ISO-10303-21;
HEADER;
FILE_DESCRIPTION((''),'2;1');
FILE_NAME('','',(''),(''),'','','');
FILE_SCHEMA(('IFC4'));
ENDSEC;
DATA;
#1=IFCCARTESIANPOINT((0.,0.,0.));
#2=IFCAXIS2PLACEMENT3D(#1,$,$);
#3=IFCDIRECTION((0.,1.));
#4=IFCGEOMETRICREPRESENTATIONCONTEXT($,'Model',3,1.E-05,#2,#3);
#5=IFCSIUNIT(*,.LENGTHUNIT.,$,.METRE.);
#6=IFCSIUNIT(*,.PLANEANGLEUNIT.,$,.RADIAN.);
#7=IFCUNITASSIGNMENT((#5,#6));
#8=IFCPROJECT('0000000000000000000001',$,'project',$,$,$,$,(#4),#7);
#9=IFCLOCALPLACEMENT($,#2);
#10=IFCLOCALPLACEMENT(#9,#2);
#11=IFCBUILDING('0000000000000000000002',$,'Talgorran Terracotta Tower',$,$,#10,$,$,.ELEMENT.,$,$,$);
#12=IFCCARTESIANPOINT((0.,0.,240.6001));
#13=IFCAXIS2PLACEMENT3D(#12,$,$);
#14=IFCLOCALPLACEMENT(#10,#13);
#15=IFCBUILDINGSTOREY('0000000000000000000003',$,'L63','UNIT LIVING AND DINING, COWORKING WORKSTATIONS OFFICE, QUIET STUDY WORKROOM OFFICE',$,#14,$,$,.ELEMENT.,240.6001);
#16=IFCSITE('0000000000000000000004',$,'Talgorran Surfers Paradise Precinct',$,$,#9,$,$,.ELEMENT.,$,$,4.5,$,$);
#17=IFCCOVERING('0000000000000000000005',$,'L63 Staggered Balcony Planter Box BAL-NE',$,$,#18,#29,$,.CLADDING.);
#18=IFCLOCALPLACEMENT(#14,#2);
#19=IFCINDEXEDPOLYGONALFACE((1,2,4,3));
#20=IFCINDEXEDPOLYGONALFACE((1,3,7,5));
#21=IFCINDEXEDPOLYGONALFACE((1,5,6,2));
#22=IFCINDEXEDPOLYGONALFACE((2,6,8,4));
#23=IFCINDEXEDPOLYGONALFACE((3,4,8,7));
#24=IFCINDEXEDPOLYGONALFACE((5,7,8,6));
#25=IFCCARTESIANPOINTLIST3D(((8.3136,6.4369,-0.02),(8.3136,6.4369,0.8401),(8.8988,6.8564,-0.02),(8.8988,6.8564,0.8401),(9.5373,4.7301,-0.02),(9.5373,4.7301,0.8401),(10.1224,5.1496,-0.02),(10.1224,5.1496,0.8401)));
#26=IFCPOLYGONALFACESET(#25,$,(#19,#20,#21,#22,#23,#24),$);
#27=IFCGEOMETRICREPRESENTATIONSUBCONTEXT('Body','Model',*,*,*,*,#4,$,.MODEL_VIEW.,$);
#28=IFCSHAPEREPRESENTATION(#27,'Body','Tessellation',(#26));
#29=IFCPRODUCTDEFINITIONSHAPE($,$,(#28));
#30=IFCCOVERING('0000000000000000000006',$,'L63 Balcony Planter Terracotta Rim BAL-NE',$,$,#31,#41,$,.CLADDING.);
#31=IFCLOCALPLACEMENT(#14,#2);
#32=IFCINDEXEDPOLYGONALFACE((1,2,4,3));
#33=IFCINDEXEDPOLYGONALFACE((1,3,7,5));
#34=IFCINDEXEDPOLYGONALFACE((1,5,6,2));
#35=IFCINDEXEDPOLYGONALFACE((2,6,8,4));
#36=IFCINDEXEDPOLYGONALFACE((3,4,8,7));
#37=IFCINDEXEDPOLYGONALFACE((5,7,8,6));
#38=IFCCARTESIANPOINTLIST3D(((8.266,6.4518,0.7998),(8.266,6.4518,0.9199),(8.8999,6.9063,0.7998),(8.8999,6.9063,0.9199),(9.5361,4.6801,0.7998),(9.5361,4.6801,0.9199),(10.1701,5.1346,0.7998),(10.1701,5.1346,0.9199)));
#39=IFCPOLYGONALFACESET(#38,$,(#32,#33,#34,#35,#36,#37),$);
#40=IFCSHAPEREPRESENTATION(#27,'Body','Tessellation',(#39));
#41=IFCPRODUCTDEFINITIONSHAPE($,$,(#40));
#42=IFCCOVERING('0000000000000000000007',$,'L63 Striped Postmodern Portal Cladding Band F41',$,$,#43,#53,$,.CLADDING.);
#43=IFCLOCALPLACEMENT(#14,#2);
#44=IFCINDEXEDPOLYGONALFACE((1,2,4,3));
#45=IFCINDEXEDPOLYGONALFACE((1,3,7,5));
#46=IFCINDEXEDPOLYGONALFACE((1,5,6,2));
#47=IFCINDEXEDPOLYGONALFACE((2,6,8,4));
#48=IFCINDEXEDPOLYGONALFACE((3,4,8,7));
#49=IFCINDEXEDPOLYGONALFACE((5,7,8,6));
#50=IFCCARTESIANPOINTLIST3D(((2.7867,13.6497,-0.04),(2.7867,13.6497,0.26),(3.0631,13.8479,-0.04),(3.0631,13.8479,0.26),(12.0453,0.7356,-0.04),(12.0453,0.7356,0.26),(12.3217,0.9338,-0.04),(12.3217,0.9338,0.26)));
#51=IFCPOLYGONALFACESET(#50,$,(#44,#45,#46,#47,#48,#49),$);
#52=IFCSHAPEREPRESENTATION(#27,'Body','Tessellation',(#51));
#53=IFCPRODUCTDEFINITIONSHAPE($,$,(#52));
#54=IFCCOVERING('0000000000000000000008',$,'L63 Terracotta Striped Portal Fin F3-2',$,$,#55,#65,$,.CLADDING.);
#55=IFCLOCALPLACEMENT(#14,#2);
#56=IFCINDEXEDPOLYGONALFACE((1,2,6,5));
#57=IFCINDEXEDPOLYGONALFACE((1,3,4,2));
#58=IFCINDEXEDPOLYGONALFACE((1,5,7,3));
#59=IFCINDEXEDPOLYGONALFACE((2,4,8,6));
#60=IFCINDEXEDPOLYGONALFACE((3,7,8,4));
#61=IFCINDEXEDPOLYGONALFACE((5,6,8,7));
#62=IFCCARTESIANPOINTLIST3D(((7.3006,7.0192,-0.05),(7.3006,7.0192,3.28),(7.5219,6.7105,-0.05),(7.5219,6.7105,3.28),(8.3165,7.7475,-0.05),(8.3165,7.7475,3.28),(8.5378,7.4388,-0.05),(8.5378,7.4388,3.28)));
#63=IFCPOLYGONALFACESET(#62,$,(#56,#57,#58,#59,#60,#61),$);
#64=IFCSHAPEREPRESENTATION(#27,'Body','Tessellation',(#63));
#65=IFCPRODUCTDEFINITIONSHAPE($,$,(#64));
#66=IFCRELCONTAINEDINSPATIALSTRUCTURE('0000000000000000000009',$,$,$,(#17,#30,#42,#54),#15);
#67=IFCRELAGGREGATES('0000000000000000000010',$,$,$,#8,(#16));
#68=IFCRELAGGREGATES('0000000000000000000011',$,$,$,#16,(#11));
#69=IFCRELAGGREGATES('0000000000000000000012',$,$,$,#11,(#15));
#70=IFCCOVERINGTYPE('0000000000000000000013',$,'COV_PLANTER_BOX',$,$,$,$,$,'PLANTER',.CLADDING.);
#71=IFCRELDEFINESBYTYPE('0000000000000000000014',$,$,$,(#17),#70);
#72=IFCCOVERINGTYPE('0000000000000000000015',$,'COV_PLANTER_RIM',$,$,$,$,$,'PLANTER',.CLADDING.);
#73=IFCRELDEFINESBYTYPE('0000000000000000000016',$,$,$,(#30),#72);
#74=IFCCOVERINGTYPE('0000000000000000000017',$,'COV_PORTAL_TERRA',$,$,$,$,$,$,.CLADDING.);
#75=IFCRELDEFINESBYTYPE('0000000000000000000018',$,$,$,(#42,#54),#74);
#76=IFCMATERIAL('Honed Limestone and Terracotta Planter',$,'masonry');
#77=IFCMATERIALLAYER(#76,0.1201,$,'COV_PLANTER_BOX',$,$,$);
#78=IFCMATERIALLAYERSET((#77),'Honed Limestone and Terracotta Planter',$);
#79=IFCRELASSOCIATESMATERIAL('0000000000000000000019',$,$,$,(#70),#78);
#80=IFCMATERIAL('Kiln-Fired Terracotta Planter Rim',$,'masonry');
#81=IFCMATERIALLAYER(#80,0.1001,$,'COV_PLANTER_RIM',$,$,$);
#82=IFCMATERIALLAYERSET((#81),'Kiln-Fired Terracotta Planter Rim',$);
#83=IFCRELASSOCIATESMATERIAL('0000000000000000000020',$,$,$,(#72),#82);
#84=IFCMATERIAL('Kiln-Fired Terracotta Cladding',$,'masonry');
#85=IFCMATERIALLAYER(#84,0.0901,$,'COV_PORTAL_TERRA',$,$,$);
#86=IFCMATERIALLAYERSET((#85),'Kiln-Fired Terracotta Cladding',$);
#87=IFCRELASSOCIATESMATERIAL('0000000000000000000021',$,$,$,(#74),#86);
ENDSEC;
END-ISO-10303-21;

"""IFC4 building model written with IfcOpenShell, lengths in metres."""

from ifc_helpers import new_model, si_unit, direction, frame, origin, origin_2d, place, context, subcontext, project, spatial, rectangle, extrude, material, layer, layer_set, type_object, element, save


model = new_model("IFC4")

# Units and contexts
model_context = context("Model", 3, precision=1e-05, world=origin(), true_north=direction((0.0, 1.0)))
body_context = subcontext(model_context, "Body", "Model", "MODEL_VIEW")
ifc_project = project(units=[si_unit("LENGTHUNIT", "METRE"), si_unit("PLANEANGLEUNIT", "RADIAN")], contexts=[model_context])

# Site, building, storey
site_placement = place(None, origin())
site = spatial("IfcSite", under=ifc_project, at=site_placement, Name="Talgorran Surfers Paradise Precinct", CompositionType="ELEMENT", RefElevation=4.5)
building_placement = place(site_placement, origin())
building = spatial("IfcBuilding", under=site, at=building_placement, Name="Talgorran Terracotta Tower", CompositionType="ELEMENT")
storey_placement = place(building_placement, frame((0.0, 0.0, 240.6001)))
storey = spatial("IfcBuildingStorey", under=building, at=storey_placement, Name="L63", Description="UNIT LIVING AND DINING, COWORKING WORKSTATIONS OFFICE, QUIET STUDY WORKROOM OFFICE", CompositionType="ELEMENT", Elevation=240.6001)

# Coverings
ifc_material_1 = material(Name="Honed Limestone and Terracotta Planter", Category="masonry")
ifc_layer_1 = layer(ifc_material_1, 0.1201, Name="COV_PLANTER_BOX")
ifc_layer_set_1 = layer_set([ifc_layer_1], Name="Honed Limestone and Terracotta Planter")
covering_type_1 = type_object("IfcCoveringType", Name="COV_PLANTER_BOX", ElementType="PLANTER", PredefinedType="CLADDING", material=ifc_layer_set_1)
covering_1_placement = place(storey_placement, frame((9.218, 5.7932, -0.02), z_axis=(0.0, 0.0, 1.0), x_axis=(-0.582662, 0.812715, 0.0)))
element("IfcCovering", 1, at=covering_1_placement, inside=storey, type_object=covering_type_1, Name="L63 Staggered Balcony Planter Box BAL-NE", PredefinedType="CLADDING", context=body_context, shape_type="SweptSolid", body=[
    extrude(rectangle(XDim=2.1001, YDim=0.72, at=origin_2d()), origin(), (0.0, 0.0, 1.0), 0.8601),
])
ifc_material_2 = material(Name="Kiln-Fired Terracotta Planter Rim", Category="masonry")
ifc_layer_2 = layer(ifc_material_2, 0.1001, Name="COV_PLANTER_RIM")
ifc_layer_set_2 = layer_set([ifc_layer_2], Name="Kiln-Fired Terracotta Planter Rim")
covering_type_2 = type_object("IfcCoveringType", Name="COV_PLANTER_RIM", ElementType="PLANTER", PredefinedType="CLADDING", material=ifc_layer_set_2)
covering_2_placement = place(storey_placement, frame((9.218, 5.7932, 0.7998), z_axis=(0.0, 0.0, 1.0), x_axis=(-0.582662, 0.812715, 0.0)))
element("IfcCovering", 2, at=covering_2_placement, inside=storey, type_object=covering_type_2, Name="L63 Balcony Planter Terracotta Rim BAL-NE", PredefinedType="CLADDING", context=body_context, shape_type="SweptSolid", body=[
    extrude(rectangle(XDim=2.1799, YDim=0.78, at=origin_2d()), origin(), (0.0, 0.0, 1.0), 0.1201),
])
ifc_material_3 = material(Name="Kiln-Fired Terracotta Cladding", Category="masonry")
ifc_layer_3 = layer(ifc_material_3, 0.0901, Name="COV_PORTAL_TERRA")
ifc_layer_set_3 = layer_set([ifc_layer_3], Name="Kiln-Fired Terracotta Cladding")
covering_type_3 = type_object("IfcCoveringType", Name="COV_PORTAL_TERRA", PredefinedType="CLADDING", material=ifc_layer_set_3)
covering_3_placement = place(storey_placement, frame((7.5542, 7.2917, -0.04), z_axis=(0.0, 0.0, 1.0), x_axis=(-0.582662, 0.812715, 0.0)))
element("IfcCovering", 3, at=covering_3_placement, inside=storey, type_object=covering_type_3, Name="L63 Striped Postmodern Portal Cladding Band F41", PredefinedType="CLADDING", context=body_context, shape_type="SweptSolid", body=[
    extrude(rectangle(XDim=15.8901, YDim=0.3401, at=origin_2d()), origin(), (0.0, 0.0, 1.0), 0.3),
])
covering_4_placement = place(storey_placement, frame((7.9192, 7.229, -0.05), z_axis=(0.0, 0.0, 1.0), x_axis=(-0.582662, 0.812715, 0.0)))
element("IfcCovering", 4, at=covering_4_placement, inside=storey, type_object=covering_type_3, Name="L63 Terracotta Striped Portal Fin F3-2", PredefinedType="CLADDING", context=body_context, shape_type="SweptSolid", body=[
    extrude(rectangle(XDim=0.3799, YDim=1.25, at=origin_2d()), origin(), (0.0, 0.0, 1.0), 3.3301),
])

save(model, "model.ifc")
